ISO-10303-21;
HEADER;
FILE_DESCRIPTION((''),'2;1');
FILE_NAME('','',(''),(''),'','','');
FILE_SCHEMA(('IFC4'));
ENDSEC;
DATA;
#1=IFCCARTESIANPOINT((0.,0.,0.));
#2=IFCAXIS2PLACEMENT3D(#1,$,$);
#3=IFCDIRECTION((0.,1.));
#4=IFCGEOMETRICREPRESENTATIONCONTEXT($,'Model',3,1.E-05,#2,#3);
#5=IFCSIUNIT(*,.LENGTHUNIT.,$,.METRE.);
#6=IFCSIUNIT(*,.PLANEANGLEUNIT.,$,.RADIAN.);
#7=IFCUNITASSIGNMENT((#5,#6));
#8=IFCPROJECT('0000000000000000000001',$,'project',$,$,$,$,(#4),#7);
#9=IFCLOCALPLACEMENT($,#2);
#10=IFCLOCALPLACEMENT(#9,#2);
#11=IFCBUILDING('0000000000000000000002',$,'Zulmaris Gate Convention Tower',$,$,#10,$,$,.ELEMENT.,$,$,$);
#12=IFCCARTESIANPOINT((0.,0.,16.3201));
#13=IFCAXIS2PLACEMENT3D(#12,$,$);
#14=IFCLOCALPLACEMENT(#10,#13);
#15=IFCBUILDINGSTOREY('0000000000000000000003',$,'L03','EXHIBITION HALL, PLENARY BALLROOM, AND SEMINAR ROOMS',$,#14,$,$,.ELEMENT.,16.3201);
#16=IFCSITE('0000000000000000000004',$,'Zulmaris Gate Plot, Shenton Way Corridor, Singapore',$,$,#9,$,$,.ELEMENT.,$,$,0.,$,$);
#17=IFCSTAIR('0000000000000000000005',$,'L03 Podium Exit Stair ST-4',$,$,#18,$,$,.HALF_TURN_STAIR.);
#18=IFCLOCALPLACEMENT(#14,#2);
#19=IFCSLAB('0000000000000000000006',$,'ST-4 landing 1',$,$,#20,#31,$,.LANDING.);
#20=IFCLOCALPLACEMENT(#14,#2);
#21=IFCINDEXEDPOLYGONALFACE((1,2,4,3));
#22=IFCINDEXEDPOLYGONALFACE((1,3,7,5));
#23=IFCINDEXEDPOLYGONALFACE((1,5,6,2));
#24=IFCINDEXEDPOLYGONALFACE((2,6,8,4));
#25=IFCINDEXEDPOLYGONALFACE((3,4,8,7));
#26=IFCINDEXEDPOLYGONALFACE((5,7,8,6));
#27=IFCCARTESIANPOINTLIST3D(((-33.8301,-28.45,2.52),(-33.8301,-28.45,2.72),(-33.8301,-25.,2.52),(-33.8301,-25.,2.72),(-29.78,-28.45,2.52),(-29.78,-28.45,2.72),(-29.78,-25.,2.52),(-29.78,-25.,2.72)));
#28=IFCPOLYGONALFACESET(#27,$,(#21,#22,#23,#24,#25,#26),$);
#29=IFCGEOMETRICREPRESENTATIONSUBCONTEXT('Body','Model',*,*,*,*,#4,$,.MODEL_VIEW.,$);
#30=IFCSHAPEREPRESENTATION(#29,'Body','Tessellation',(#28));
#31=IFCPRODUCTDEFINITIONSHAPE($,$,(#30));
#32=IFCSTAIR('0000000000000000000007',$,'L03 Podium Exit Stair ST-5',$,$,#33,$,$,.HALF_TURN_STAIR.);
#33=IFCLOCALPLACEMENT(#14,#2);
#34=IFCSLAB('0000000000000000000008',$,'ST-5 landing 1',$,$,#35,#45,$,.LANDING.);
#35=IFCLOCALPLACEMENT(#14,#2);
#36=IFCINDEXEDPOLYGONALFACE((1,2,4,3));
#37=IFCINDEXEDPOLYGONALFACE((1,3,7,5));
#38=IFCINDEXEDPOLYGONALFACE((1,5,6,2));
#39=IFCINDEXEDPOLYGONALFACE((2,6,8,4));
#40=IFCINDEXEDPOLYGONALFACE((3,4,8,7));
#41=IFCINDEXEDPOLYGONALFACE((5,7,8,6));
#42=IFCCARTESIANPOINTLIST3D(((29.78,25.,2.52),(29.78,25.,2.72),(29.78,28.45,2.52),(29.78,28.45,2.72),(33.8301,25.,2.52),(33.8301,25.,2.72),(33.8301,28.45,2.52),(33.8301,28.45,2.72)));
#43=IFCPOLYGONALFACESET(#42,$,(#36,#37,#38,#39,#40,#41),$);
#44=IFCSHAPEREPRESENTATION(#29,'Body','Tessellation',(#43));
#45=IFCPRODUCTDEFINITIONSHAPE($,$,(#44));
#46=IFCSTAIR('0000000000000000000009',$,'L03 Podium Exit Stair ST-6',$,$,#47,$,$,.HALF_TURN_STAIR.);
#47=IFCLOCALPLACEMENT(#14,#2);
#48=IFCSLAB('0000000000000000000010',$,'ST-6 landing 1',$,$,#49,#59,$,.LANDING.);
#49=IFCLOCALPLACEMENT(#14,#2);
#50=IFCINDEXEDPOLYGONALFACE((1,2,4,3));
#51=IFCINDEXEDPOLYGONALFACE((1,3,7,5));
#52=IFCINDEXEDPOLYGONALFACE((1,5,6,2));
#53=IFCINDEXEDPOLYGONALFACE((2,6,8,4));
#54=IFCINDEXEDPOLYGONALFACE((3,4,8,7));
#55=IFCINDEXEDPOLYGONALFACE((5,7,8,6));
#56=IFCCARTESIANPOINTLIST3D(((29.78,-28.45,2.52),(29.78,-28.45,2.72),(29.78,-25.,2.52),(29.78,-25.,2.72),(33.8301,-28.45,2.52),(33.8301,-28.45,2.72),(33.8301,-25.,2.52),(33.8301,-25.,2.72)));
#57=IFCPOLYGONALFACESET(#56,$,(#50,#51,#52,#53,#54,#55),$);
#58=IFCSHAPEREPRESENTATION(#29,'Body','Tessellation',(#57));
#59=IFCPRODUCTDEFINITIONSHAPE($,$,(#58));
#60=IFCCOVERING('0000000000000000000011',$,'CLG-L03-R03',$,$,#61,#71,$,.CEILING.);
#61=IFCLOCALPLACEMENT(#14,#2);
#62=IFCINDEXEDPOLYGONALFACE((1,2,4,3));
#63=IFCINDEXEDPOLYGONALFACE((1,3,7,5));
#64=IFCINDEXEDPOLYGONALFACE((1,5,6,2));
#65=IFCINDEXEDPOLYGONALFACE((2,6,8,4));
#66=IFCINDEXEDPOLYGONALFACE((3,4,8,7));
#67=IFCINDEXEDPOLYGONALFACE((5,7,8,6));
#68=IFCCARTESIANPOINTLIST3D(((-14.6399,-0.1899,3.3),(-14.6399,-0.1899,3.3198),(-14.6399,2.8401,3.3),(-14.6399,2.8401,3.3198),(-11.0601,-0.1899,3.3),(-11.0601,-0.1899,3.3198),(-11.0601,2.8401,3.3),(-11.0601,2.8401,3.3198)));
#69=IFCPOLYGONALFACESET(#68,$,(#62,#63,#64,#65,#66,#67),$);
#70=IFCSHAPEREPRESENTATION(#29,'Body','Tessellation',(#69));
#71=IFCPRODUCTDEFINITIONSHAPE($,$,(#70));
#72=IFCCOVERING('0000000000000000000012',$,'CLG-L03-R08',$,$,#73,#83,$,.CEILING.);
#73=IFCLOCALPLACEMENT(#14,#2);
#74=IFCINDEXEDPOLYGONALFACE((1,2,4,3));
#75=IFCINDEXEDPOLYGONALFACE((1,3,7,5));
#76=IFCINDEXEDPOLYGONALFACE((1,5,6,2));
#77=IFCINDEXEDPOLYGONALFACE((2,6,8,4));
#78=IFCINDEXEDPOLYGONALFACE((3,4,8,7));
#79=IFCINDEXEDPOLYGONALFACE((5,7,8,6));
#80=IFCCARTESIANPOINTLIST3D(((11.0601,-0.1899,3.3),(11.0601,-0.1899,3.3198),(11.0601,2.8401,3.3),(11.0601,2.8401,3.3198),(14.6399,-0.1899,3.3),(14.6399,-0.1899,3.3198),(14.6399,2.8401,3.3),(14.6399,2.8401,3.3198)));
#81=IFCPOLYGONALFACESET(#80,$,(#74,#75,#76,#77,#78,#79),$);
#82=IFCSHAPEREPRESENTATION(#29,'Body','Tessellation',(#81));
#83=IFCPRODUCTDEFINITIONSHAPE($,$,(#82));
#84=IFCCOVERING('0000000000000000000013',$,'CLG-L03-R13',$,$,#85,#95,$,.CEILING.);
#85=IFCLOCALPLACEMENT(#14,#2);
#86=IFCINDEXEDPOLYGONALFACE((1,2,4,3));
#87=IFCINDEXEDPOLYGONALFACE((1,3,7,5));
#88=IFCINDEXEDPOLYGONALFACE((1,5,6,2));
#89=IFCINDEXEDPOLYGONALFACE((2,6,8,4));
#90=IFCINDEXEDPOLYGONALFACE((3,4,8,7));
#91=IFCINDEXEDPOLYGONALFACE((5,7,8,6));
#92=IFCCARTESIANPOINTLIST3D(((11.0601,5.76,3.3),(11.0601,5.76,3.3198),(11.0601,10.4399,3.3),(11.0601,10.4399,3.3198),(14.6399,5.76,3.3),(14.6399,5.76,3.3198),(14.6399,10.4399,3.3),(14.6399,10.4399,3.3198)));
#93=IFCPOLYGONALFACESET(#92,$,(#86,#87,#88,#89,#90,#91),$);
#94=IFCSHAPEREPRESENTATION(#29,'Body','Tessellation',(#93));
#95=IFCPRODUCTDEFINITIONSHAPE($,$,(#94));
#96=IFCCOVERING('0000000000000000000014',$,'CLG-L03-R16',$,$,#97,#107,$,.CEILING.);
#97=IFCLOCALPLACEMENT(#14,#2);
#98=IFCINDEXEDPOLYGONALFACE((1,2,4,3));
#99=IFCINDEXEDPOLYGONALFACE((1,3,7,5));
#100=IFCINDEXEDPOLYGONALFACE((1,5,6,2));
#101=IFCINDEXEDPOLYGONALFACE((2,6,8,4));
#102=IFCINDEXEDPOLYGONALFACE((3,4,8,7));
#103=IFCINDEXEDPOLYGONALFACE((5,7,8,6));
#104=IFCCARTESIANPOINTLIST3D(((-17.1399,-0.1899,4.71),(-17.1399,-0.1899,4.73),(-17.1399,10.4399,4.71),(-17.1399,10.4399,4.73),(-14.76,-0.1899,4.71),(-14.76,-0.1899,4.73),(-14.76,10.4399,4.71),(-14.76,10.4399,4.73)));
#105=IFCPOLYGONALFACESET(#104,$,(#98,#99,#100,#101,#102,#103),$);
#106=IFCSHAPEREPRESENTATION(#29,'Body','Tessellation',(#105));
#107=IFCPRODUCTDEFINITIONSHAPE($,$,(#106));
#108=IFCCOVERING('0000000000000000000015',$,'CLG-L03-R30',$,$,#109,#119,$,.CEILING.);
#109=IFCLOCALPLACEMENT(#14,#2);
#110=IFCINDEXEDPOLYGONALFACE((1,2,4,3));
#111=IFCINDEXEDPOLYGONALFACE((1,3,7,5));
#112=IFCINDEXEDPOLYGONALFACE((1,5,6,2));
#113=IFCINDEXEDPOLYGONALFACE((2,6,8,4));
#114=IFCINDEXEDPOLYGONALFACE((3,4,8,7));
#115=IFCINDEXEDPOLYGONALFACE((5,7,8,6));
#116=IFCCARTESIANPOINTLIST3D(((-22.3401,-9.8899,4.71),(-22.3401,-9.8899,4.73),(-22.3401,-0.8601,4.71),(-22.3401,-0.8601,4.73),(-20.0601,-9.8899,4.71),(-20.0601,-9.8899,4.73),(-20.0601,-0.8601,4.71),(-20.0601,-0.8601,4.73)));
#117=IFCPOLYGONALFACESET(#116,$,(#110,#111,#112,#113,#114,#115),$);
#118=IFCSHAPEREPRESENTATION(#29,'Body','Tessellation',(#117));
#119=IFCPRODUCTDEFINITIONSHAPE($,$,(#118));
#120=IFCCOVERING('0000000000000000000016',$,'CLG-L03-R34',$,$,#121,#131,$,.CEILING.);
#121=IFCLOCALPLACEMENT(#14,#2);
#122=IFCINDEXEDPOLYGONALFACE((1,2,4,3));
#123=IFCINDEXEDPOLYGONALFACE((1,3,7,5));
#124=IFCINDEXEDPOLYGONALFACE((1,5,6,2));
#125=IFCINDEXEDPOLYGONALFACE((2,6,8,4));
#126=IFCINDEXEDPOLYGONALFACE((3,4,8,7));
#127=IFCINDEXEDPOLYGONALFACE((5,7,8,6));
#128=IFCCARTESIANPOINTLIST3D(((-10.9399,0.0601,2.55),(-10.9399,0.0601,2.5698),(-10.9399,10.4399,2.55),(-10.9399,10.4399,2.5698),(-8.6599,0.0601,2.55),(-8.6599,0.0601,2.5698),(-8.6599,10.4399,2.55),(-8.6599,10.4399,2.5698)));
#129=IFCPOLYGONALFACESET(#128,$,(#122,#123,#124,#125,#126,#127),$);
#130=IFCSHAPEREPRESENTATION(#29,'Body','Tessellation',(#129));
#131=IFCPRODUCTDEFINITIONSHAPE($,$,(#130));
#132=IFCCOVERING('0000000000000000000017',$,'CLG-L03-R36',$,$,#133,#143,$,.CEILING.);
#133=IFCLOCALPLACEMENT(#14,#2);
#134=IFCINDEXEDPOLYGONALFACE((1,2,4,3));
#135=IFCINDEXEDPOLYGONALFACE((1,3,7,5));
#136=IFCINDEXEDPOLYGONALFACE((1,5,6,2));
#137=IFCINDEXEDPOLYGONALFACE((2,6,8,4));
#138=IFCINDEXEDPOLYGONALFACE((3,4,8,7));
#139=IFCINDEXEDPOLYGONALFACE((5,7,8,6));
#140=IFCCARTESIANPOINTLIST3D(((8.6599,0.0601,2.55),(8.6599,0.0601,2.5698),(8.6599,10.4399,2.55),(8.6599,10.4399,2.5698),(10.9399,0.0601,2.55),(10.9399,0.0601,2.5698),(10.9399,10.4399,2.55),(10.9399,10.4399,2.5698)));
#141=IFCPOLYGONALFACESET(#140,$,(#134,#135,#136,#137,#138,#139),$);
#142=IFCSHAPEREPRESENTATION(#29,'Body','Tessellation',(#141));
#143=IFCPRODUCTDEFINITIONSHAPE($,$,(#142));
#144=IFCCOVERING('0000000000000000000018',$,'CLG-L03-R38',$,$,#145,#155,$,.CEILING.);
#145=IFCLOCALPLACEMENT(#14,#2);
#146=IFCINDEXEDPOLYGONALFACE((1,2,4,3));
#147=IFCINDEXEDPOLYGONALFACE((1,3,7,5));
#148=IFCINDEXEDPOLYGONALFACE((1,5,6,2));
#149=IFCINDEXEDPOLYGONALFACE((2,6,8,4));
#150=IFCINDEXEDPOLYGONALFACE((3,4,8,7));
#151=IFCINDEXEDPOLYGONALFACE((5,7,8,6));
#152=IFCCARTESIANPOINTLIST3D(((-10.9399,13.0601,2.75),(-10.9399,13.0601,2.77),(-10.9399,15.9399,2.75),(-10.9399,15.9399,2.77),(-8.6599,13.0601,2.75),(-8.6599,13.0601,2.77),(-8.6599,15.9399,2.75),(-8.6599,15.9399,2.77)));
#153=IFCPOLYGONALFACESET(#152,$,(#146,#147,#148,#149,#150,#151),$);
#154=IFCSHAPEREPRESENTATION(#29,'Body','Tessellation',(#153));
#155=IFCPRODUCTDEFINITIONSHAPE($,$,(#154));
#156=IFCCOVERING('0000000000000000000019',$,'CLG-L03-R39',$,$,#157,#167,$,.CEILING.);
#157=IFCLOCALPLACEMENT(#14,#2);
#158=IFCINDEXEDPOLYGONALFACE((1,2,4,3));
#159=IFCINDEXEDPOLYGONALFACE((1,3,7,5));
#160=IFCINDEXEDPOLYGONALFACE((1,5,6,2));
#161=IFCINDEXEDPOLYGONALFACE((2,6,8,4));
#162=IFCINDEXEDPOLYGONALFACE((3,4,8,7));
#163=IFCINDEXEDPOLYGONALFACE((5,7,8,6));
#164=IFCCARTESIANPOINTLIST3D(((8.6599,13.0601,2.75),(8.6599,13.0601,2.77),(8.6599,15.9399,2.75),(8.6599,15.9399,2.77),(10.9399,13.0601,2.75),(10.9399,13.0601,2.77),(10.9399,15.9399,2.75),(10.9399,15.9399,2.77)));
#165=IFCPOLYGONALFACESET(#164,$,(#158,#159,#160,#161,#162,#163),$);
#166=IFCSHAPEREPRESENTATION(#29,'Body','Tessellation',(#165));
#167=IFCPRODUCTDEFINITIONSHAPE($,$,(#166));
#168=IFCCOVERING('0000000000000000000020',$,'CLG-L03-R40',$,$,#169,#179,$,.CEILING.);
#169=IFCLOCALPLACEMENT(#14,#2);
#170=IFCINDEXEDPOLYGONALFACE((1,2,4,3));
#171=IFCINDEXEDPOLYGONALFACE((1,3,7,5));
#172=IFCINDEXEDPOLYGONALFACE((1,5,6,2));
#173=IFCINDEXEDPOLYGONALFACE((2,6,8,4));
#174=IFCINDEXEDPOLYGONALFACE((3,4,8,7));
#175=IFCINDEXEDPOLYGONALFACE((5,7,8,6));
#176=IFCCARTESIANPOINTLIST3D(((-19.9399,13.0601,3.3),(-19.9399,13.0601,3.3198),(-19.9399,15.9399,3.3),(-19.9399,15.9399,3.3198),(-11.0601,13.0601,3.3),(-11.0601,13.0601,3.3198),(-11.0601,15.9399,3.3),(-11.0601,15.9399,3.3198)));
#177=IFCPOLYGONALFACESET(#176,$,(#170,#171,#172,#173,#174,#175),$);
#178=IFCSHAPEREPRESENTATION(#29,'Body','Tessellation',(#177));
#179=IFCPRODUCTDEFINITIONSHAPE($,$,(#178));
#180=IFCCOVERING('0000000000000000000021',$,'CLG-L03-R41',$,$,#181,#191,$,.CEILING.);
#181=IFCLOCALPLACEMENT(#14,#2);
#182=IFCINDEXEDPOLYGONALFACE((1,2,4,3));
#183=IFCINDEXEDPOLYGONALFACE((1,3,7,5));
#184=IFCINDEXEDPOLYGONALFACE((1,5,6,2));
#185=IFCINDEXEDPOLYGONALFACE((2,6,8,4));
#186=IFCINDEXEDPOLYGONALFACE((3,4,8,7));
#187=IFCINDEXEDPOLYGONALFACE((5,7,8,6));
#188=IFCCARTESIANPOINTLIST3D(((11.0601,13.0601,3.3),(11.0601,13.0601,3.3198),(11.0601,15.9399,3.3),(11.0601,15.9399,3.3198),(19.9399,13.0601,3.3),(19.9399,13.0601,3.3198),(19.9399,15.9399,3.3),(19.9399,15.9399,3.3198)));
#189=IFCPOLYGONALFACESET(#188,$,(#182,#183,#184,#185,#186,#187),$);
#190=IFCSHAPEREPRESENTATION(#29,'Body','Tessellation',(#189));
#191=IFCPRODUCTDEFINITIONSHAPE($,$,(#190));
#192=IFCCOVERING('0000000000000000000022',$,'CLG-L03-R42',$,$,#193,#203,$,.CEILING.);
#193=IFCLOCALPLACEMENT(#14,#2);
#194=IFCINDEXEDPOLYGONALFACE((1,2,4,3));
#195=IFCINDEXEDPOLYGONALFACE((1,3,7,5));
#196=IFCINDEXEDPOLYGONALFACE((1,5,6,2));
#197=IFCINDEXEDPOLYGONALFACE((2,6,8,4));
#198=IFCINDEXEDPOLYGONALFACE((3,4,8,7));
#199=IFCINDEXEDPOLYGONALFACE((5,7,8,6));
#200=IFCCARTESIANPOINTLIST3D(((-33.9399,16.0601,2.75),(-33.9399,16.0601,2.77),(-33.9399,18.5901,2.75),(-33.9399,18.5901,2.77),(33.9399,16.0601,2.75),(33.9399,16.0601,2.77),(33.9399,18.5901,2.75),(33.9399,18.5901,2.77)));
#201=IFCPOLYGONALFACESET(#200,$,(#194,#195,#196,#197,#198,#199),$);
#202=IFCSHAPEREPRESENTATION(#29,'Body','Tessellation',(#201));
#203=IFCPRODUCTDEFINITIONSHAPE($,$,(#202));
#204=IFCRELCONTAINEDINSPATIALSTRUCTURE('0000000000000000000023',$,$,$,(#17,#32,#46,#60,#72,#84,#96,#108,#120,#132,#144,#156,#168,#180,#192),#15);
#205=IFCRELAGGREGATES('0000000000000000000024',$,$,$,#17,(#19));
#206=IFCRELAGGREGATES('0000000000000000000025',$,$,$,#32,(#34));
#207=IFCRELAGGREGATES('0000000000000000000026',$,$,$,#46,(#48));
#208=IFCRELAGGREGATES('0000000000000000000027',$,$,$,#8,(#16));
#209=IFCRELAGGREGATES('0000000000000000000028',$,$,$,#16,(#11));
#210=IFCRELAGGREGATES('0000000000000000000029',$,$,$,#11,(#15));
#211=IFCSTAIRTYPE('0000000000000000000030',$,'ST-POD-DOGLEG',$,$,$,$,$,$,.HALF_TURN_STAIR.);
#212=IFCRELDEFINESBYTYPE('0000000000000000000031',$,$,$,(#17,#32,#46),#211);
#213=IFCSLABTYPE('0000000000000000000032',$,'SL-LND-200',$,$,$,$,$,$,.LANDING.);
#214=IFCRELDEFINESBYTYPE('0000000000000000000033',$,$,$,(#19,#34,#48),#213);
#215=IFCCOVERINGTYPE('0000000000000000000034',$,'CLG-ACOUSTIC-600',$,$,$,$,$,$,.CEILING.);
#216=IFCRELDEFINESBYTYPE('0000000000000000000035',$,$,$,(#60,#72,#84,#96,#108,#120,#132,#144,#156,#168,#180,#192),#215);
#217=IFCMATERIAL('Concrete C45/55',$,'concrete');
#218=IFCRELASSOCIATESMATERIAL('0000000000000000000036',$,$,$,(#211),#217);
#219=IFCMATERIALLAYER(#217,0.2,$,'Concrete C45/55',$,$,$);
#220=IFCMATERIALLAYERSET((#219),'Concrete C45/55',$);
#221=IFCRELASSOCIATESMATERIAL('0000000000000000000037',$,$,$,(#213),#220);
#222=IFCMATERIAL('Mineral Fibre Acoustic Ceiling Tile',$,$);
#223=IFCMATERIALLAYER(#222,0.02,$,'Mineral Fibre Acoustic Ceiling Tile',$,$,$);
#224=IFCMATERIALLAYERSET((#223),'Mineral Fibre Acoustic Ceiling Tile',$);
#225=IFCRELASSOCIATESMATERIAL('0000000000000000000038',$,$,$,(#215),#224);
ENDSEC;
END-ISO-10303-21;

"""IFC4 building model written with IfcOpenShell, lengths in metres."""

from ifc_helpers import new_model, si_unit, direction, frame, origin, place, context, subcontext, project, spatial, polyline, outline, extrude, material, layer, layer_set, type_object, element, aggregate, save


model = new_model("IFC4")

# Units and contexts
model_context = context("Model", 3, precision=1e-05, world=origin(), true_north=direction((0.0, 1.0)))
body_context = subcontext(model_context, "Body", "Model", "MODEL_VIEW")
ifc_project = project(units=[si_unit("LENGTHUNIT", "METRE"), si_unit("PLANEANGLEUNIT", "RADIAN")], contexts=[model_context])

# Site, building, storey
site_placement = place(None, origin())
site = spatial("IfcSite", under=ifc_project, at=site_placement, Name="Zulmaris Gate Plot, Shenton Way Corridor, Singapore", CompositionType="ELEMENT", RefElevation=0.0)
building_placement = place(site_placement, origin())
building = spatial("IfcBuilding", under=site, at=building_placement, Name="Zulmaris Gate Convention Tower", CompositionType="ELEMENT")
storey_placement = place(building_placement, frame((0.0, 0.0, 16.3201)))
storey = spatial("IfcBuildingStorey", under=building, at=storey_placement, Name="L03", Description="EXHIBITION HALL, PLENARY BALLROOM, AND SEMINAR ROOMS", CompositionType="ELEMENT", Elevation=16.3201)

# Stairs, slabs
ifc_material_1 = material(Name="Concrete C45/55", Category="concrete")
stair_type = type_object("IfcStairType", Name="ST-POD-DOGLEG", PredefinedType="HALF_TURN_STAIR", material=ifc_material_1)
stair_1_placement = place(storey_placement, origin())
stair_1 = element("IfcStair", 1, at=stair_1_placement, inside=storey, type_object=stair_type, Name="L03 Podium Exit Stair ST-4", PredefinedType="HALF_TURN_STAIR")
ifc_layer_1 = layer(ifc_material_1, 0.2, Name="Concrete C45/55")
ifc_layer_set_1 = layer_set([ifc_layer_1], Name="Concrete C45/55")
slab_type = type_object("IfcSlabType", Name="SL-LND-200", PredefinedType="LANDING", material=ifc_layer_set_1)
slab_1_placement = place(storey_placement, frame((0.0, 0.0, 2.52)))
slab_1 = element("IfcSlab", 2, at=slab_1_placement, type_object=slab_type, Name="ST-4 landing 1", PredefinedType="LANDING", context=body_context, shape_type="SweptSolid", body=[
    extrude(outline(polyline([(-33.8301, -25.0), (-33.8301, -28.45), (-29.78, -28.45), (-29.78, -25.0), (-33.8301, -25.0)])), origin(), (0.0, 0.0, 1.0), 0.2),
])
aggregate(stair_1, [slab_1])
stair_2_placement = place(storey_placement, origin())
stair_2 = element("IfcStair", 3, at=stair_2_placement, inside=storey, type_object=stair_type, Name="L03 Podium Exit Stair ST-5", PredefinedType="HALF_TURN_STAIR")
slab_2_placement = place(storey_placement, frame((0.0, 0.0, 2.52)))
slab_2 = element("IfcSlab", 4, at=slab_2_placement, type_object=slab_type, Name="ST-5 landing 1", PredefinedType="LANDING", context=body_context, shape_type="SweptSolid", body=[
    extrude(outline(polyline([(33.8301, 25.0), (33.8301, 28.45), (29.78, 28.45), (29.78, 25.0), (33.8301, 25.0)])), origin(), (0.0, 0.0, 1.0), 0.2),
])
aggregate(stair_2, [slab_2])
stair_3_placement = place(storey_placement, origin())
stair_3 = element("IfcStair", 5, at=stair_3_placement, inside=storey, type_object=stair_type, Name="L03 Podium Exit Stair ST-6", PredefinedType="HALF_TURN_STAIR")
slab_3_placement = place(storey_placement, frame((0.0, 0.0, 2.52)))
slab_3 = element("IfcSlab", 6, at=slab_3_placement, type_object=slab_type, Name="ST-6 landing 1", PredefinedType="LANDING", context=body_context, shape_type="SweptSolid", body=[
    extrude(outline(polyline([(29.78, -25.0), (29.78, -28.45), (33.8301, -28.45), (33.8301, -25.0), (29.78, -25.0)])), origin(), (0.0, 0.0, 1.0), 0.2),
])
aggregate(stair_3, [slab_3])

# Coverings
ifc_material_2 = material(Name="Mineral Fibre Acoustic Ceiling Tile")
ifc_layer_2 = layer(ifc_material_2, 0.02, Name="Mineral Fibre Acoustic Ceiling Tile")
ifc_layer_set_2 = layer_set([ifc_layer_2], Name="Mineral Fibre Acoustic Ceiling Tile")
covering_type_1 = type_object("IfcCoveringType", Name="CLG-ACOUSTIC-600", PredefinedType="CEILING", material=ifc_layer_set_2)
covering_1_placement = place(storey_placement, frame((0.0, 0.0, 3.3)))
element("IfcCovering", 7, at=covering_1_placement, inside=storey, type_object=covering_type_1, Name="CLG-L03-R03", PredefinedType="CEILING", context=body_context, shape_type="SweptSolid", body=[
    extrude(outline(polyline([(-14.6399, -0.1899), (-11.0601, -0.1899), (-11.0601, 2.8401), (-14.6399, 2.8401), (-14.6399, -0.1899)])), origin(), (0.0, 0.0, 1.0), 0.0198),
])
covering_2_placement = place(storey_placement, frame((0.0, 0.0, 3.3)))
element("IfcCovering", 8, at=covering_2_placement, inside=storey, type_object=covering_type_1, Name="CLG-L03-R08", PredefinedType="CEILING", context=body_context, shape_type="SweptSolid", body=[
    extrude(outline(polyline([(11.0601, -0.1899), (14.6399, -0.1899), (14.6399, 2.8401), (11.0601, 2.8401), (11.0601, -0.1899)])), origin(), (0.0, 0.0, 1.0), 0.0198),
])
covering_3_placement = place(storey_placement, frame((0.0, 0.0, 3.3)))
element("IfcCovering", 9, at=covering_3_placement, inside=storey, type_object=covering_type_1, Name="CLG-L03-R13", PredefinedType="CEILING", context=body_context, shape_type="SweptSolid", body=[
    extrude(outline(polyline([(11.0601, 5.76), (14.6399, 5.76), (14.6399, 10.4399), (11.0601, 10.4399), (11.0601, 5.76)])), origin(), (0.0, 0.0, 1.0), 0.0198),
])
covering_4_placement = place(storey_placement, frame((0.0, 0.0, 4.71)))
element("IfcCovering", 10, at=covering_4_placement, inside=storey, type_object=covering_type_1, Name="CLG-L03-R16", PredefinedType="CEILING", context=body_context, shape_type="SweptSolid", body=[
    extrude(outline(polyline([(-17.1399, -0.1899), (-14.76, -0.1899), (-14.76, 10.4399), (-17.1399, 10.4399), (-17.1399, -0.1899)])), origin(), (0.0, 0.0, 1.0), 0.02),
])
covering_5_placement = place(storey_placement, frame((0.0, 0.0, 4.71)))
element("IfcCovering", 11, at=covering_5_placement, inside=storey, type_object=covering_type_1, Name="CLG-L03-R30", PredefinedType="CEILING", context=body_context, shape_type="SweptSolid", body=[
    extrude(outline(polyline([(-22.3401, -9.8899), (-20.0601, -9.8899), (-20.0601, -0.8601), (-22.3401, -0.8601), (-22.3401, -9.8899)])), origin(), (0.0, 0.0, 1.0), 0.02),
])
covering_6_placement = place(storey_placement, frame((0.0, 0.0, 2.55)))
element("IfcCovering", 12, at=covering_6_placement, inside=storey, type_object=covering_type_1, Name="CLG-L03-R34", PredefinedType="CEILING", context=body_context, shape_type="SweptSolid", body=[
    extrude(outline(polyline([(-10.9399, 0.0601), (-8.6599, 0.0601), (-8.6599, 10.4399), (-10.9399, 10.4399), (-10.9399, 0.0601)])), origin(), (0.0, 0.0, 1.0), 0.0198),
])
covering_7_placement = place(storey_placement, frame((0.0, 0.0, 2.55)))
element("IfcCovering", 13, at=covering_7_placement, inside=storey, type_object=covering_type_1, Name="CLG-L03-R36", PredefinedType="CEILING", context=body_context, shape_type="SweptSolid", body=[
    extrude(outline(polyline([(8.6599, 0.0601), (10.9399, 0.0601), (10.9399, 10.4399), (8.6599, 10.4399), (8.6599, 0.0601)])), origin(), (0.0, 0.0, 1.0), 0.0198),
])
covering_8_placement = place(storey_placement, frame((0.0, 0.0, 2.75)))
element("IfcCovering", 14, at=covering_8_placement, inside=storey, type_object=covering_type_1, Name="CLG-L03-R38", PredefinedType="CEILING", context=body_context, shape_type="SweptSolid", body=[
    extrude(outline(polyline([(-10.9399, 13.0601), (-8.6599, 13.0601), (-8.6599, 15.9399), (-10.9399, 15.9399), (-10.9399, 13.0601)])), origin(), (0.0, 0.0, 1.0), 0.02),
])
covering_9_placement = place(storey_placement, frame((0.0, 0.0, 2.75)))
element("IfcCovering", 15, at=covering_9_placement, inside=storey, type_object=covering_type_1, Name="CLG-L03-R39", PredefinedType="CEILING", context=body_context, shape_type="SweptSolid", body=[
    extrude(outline(polyline([(8.6599, 13.0601), (10.9399, 13.0601), (10.9399, 15.9399), (8.6599, 15.9399), (8.6599, 13.0601)])), origin(), (0.0, 0.0, 1.0), 0.02),
])
covering_10_placement = place(storey_placement, frame((0.0, 0.0, 3.3)))
element("IfcCovering", 16, at=covering_10_placement, inside=storey, type_object=covering_type_1, Name="CLG-L03-R40", PredefinedType="CEILING", context=body_context, shape_type="SweptSolid", body=[
    extrude(outline(polyline([(-19.9399, 13.0601), (-11.0601, 13.0601), (-11.0601, 15.9399), (-19.9399, 15.9399), (-19.9399, 13.0601)])), origin(), (0.0, 0.0, 1.0), 0.0198),
])
covering_11_placement = place(storey_placement, frame((0.0, 0.0, 3.3)))
element("IfcCovering", 17, at=covering_11_placement, inside=storey, type_object=covering_type_1, Name="CLG-L03-R41", PredefinedType="CEILING", context=body_context, shape_type="SweptSolid", body=[
    extrude(outline(polyline([(11.0601, 13.0601), (19.9399, 13.0601), (19.9399, 15.9399), (11.0601, 15.9399), (11.0601, 13.0601)])), origin(), (0.0, 0.0, 1.0), 0.0198),
])
covering_12_placement = place(storey_placement, frame((0.0, 0.0, 2.75)))
element("IfcCovering", 18, at=covering_12_placement, inside=storey, type_object=covering_type_1, Name="CLG-L03-R42", PredefinedType="CEILING", context=body_context, shape_type="SweptSolid", body=[
    extrude(outline(polyline([(-33.9399, 16.0601), (33.9399, 16.0601), (33.9399, 18.5901), (-33.9399, 18.5901), (-33.9399, 16.0601)])), origin(), (0.0, 0.0, 1.0), 0.02),
])

save(model, "model.ifc")
